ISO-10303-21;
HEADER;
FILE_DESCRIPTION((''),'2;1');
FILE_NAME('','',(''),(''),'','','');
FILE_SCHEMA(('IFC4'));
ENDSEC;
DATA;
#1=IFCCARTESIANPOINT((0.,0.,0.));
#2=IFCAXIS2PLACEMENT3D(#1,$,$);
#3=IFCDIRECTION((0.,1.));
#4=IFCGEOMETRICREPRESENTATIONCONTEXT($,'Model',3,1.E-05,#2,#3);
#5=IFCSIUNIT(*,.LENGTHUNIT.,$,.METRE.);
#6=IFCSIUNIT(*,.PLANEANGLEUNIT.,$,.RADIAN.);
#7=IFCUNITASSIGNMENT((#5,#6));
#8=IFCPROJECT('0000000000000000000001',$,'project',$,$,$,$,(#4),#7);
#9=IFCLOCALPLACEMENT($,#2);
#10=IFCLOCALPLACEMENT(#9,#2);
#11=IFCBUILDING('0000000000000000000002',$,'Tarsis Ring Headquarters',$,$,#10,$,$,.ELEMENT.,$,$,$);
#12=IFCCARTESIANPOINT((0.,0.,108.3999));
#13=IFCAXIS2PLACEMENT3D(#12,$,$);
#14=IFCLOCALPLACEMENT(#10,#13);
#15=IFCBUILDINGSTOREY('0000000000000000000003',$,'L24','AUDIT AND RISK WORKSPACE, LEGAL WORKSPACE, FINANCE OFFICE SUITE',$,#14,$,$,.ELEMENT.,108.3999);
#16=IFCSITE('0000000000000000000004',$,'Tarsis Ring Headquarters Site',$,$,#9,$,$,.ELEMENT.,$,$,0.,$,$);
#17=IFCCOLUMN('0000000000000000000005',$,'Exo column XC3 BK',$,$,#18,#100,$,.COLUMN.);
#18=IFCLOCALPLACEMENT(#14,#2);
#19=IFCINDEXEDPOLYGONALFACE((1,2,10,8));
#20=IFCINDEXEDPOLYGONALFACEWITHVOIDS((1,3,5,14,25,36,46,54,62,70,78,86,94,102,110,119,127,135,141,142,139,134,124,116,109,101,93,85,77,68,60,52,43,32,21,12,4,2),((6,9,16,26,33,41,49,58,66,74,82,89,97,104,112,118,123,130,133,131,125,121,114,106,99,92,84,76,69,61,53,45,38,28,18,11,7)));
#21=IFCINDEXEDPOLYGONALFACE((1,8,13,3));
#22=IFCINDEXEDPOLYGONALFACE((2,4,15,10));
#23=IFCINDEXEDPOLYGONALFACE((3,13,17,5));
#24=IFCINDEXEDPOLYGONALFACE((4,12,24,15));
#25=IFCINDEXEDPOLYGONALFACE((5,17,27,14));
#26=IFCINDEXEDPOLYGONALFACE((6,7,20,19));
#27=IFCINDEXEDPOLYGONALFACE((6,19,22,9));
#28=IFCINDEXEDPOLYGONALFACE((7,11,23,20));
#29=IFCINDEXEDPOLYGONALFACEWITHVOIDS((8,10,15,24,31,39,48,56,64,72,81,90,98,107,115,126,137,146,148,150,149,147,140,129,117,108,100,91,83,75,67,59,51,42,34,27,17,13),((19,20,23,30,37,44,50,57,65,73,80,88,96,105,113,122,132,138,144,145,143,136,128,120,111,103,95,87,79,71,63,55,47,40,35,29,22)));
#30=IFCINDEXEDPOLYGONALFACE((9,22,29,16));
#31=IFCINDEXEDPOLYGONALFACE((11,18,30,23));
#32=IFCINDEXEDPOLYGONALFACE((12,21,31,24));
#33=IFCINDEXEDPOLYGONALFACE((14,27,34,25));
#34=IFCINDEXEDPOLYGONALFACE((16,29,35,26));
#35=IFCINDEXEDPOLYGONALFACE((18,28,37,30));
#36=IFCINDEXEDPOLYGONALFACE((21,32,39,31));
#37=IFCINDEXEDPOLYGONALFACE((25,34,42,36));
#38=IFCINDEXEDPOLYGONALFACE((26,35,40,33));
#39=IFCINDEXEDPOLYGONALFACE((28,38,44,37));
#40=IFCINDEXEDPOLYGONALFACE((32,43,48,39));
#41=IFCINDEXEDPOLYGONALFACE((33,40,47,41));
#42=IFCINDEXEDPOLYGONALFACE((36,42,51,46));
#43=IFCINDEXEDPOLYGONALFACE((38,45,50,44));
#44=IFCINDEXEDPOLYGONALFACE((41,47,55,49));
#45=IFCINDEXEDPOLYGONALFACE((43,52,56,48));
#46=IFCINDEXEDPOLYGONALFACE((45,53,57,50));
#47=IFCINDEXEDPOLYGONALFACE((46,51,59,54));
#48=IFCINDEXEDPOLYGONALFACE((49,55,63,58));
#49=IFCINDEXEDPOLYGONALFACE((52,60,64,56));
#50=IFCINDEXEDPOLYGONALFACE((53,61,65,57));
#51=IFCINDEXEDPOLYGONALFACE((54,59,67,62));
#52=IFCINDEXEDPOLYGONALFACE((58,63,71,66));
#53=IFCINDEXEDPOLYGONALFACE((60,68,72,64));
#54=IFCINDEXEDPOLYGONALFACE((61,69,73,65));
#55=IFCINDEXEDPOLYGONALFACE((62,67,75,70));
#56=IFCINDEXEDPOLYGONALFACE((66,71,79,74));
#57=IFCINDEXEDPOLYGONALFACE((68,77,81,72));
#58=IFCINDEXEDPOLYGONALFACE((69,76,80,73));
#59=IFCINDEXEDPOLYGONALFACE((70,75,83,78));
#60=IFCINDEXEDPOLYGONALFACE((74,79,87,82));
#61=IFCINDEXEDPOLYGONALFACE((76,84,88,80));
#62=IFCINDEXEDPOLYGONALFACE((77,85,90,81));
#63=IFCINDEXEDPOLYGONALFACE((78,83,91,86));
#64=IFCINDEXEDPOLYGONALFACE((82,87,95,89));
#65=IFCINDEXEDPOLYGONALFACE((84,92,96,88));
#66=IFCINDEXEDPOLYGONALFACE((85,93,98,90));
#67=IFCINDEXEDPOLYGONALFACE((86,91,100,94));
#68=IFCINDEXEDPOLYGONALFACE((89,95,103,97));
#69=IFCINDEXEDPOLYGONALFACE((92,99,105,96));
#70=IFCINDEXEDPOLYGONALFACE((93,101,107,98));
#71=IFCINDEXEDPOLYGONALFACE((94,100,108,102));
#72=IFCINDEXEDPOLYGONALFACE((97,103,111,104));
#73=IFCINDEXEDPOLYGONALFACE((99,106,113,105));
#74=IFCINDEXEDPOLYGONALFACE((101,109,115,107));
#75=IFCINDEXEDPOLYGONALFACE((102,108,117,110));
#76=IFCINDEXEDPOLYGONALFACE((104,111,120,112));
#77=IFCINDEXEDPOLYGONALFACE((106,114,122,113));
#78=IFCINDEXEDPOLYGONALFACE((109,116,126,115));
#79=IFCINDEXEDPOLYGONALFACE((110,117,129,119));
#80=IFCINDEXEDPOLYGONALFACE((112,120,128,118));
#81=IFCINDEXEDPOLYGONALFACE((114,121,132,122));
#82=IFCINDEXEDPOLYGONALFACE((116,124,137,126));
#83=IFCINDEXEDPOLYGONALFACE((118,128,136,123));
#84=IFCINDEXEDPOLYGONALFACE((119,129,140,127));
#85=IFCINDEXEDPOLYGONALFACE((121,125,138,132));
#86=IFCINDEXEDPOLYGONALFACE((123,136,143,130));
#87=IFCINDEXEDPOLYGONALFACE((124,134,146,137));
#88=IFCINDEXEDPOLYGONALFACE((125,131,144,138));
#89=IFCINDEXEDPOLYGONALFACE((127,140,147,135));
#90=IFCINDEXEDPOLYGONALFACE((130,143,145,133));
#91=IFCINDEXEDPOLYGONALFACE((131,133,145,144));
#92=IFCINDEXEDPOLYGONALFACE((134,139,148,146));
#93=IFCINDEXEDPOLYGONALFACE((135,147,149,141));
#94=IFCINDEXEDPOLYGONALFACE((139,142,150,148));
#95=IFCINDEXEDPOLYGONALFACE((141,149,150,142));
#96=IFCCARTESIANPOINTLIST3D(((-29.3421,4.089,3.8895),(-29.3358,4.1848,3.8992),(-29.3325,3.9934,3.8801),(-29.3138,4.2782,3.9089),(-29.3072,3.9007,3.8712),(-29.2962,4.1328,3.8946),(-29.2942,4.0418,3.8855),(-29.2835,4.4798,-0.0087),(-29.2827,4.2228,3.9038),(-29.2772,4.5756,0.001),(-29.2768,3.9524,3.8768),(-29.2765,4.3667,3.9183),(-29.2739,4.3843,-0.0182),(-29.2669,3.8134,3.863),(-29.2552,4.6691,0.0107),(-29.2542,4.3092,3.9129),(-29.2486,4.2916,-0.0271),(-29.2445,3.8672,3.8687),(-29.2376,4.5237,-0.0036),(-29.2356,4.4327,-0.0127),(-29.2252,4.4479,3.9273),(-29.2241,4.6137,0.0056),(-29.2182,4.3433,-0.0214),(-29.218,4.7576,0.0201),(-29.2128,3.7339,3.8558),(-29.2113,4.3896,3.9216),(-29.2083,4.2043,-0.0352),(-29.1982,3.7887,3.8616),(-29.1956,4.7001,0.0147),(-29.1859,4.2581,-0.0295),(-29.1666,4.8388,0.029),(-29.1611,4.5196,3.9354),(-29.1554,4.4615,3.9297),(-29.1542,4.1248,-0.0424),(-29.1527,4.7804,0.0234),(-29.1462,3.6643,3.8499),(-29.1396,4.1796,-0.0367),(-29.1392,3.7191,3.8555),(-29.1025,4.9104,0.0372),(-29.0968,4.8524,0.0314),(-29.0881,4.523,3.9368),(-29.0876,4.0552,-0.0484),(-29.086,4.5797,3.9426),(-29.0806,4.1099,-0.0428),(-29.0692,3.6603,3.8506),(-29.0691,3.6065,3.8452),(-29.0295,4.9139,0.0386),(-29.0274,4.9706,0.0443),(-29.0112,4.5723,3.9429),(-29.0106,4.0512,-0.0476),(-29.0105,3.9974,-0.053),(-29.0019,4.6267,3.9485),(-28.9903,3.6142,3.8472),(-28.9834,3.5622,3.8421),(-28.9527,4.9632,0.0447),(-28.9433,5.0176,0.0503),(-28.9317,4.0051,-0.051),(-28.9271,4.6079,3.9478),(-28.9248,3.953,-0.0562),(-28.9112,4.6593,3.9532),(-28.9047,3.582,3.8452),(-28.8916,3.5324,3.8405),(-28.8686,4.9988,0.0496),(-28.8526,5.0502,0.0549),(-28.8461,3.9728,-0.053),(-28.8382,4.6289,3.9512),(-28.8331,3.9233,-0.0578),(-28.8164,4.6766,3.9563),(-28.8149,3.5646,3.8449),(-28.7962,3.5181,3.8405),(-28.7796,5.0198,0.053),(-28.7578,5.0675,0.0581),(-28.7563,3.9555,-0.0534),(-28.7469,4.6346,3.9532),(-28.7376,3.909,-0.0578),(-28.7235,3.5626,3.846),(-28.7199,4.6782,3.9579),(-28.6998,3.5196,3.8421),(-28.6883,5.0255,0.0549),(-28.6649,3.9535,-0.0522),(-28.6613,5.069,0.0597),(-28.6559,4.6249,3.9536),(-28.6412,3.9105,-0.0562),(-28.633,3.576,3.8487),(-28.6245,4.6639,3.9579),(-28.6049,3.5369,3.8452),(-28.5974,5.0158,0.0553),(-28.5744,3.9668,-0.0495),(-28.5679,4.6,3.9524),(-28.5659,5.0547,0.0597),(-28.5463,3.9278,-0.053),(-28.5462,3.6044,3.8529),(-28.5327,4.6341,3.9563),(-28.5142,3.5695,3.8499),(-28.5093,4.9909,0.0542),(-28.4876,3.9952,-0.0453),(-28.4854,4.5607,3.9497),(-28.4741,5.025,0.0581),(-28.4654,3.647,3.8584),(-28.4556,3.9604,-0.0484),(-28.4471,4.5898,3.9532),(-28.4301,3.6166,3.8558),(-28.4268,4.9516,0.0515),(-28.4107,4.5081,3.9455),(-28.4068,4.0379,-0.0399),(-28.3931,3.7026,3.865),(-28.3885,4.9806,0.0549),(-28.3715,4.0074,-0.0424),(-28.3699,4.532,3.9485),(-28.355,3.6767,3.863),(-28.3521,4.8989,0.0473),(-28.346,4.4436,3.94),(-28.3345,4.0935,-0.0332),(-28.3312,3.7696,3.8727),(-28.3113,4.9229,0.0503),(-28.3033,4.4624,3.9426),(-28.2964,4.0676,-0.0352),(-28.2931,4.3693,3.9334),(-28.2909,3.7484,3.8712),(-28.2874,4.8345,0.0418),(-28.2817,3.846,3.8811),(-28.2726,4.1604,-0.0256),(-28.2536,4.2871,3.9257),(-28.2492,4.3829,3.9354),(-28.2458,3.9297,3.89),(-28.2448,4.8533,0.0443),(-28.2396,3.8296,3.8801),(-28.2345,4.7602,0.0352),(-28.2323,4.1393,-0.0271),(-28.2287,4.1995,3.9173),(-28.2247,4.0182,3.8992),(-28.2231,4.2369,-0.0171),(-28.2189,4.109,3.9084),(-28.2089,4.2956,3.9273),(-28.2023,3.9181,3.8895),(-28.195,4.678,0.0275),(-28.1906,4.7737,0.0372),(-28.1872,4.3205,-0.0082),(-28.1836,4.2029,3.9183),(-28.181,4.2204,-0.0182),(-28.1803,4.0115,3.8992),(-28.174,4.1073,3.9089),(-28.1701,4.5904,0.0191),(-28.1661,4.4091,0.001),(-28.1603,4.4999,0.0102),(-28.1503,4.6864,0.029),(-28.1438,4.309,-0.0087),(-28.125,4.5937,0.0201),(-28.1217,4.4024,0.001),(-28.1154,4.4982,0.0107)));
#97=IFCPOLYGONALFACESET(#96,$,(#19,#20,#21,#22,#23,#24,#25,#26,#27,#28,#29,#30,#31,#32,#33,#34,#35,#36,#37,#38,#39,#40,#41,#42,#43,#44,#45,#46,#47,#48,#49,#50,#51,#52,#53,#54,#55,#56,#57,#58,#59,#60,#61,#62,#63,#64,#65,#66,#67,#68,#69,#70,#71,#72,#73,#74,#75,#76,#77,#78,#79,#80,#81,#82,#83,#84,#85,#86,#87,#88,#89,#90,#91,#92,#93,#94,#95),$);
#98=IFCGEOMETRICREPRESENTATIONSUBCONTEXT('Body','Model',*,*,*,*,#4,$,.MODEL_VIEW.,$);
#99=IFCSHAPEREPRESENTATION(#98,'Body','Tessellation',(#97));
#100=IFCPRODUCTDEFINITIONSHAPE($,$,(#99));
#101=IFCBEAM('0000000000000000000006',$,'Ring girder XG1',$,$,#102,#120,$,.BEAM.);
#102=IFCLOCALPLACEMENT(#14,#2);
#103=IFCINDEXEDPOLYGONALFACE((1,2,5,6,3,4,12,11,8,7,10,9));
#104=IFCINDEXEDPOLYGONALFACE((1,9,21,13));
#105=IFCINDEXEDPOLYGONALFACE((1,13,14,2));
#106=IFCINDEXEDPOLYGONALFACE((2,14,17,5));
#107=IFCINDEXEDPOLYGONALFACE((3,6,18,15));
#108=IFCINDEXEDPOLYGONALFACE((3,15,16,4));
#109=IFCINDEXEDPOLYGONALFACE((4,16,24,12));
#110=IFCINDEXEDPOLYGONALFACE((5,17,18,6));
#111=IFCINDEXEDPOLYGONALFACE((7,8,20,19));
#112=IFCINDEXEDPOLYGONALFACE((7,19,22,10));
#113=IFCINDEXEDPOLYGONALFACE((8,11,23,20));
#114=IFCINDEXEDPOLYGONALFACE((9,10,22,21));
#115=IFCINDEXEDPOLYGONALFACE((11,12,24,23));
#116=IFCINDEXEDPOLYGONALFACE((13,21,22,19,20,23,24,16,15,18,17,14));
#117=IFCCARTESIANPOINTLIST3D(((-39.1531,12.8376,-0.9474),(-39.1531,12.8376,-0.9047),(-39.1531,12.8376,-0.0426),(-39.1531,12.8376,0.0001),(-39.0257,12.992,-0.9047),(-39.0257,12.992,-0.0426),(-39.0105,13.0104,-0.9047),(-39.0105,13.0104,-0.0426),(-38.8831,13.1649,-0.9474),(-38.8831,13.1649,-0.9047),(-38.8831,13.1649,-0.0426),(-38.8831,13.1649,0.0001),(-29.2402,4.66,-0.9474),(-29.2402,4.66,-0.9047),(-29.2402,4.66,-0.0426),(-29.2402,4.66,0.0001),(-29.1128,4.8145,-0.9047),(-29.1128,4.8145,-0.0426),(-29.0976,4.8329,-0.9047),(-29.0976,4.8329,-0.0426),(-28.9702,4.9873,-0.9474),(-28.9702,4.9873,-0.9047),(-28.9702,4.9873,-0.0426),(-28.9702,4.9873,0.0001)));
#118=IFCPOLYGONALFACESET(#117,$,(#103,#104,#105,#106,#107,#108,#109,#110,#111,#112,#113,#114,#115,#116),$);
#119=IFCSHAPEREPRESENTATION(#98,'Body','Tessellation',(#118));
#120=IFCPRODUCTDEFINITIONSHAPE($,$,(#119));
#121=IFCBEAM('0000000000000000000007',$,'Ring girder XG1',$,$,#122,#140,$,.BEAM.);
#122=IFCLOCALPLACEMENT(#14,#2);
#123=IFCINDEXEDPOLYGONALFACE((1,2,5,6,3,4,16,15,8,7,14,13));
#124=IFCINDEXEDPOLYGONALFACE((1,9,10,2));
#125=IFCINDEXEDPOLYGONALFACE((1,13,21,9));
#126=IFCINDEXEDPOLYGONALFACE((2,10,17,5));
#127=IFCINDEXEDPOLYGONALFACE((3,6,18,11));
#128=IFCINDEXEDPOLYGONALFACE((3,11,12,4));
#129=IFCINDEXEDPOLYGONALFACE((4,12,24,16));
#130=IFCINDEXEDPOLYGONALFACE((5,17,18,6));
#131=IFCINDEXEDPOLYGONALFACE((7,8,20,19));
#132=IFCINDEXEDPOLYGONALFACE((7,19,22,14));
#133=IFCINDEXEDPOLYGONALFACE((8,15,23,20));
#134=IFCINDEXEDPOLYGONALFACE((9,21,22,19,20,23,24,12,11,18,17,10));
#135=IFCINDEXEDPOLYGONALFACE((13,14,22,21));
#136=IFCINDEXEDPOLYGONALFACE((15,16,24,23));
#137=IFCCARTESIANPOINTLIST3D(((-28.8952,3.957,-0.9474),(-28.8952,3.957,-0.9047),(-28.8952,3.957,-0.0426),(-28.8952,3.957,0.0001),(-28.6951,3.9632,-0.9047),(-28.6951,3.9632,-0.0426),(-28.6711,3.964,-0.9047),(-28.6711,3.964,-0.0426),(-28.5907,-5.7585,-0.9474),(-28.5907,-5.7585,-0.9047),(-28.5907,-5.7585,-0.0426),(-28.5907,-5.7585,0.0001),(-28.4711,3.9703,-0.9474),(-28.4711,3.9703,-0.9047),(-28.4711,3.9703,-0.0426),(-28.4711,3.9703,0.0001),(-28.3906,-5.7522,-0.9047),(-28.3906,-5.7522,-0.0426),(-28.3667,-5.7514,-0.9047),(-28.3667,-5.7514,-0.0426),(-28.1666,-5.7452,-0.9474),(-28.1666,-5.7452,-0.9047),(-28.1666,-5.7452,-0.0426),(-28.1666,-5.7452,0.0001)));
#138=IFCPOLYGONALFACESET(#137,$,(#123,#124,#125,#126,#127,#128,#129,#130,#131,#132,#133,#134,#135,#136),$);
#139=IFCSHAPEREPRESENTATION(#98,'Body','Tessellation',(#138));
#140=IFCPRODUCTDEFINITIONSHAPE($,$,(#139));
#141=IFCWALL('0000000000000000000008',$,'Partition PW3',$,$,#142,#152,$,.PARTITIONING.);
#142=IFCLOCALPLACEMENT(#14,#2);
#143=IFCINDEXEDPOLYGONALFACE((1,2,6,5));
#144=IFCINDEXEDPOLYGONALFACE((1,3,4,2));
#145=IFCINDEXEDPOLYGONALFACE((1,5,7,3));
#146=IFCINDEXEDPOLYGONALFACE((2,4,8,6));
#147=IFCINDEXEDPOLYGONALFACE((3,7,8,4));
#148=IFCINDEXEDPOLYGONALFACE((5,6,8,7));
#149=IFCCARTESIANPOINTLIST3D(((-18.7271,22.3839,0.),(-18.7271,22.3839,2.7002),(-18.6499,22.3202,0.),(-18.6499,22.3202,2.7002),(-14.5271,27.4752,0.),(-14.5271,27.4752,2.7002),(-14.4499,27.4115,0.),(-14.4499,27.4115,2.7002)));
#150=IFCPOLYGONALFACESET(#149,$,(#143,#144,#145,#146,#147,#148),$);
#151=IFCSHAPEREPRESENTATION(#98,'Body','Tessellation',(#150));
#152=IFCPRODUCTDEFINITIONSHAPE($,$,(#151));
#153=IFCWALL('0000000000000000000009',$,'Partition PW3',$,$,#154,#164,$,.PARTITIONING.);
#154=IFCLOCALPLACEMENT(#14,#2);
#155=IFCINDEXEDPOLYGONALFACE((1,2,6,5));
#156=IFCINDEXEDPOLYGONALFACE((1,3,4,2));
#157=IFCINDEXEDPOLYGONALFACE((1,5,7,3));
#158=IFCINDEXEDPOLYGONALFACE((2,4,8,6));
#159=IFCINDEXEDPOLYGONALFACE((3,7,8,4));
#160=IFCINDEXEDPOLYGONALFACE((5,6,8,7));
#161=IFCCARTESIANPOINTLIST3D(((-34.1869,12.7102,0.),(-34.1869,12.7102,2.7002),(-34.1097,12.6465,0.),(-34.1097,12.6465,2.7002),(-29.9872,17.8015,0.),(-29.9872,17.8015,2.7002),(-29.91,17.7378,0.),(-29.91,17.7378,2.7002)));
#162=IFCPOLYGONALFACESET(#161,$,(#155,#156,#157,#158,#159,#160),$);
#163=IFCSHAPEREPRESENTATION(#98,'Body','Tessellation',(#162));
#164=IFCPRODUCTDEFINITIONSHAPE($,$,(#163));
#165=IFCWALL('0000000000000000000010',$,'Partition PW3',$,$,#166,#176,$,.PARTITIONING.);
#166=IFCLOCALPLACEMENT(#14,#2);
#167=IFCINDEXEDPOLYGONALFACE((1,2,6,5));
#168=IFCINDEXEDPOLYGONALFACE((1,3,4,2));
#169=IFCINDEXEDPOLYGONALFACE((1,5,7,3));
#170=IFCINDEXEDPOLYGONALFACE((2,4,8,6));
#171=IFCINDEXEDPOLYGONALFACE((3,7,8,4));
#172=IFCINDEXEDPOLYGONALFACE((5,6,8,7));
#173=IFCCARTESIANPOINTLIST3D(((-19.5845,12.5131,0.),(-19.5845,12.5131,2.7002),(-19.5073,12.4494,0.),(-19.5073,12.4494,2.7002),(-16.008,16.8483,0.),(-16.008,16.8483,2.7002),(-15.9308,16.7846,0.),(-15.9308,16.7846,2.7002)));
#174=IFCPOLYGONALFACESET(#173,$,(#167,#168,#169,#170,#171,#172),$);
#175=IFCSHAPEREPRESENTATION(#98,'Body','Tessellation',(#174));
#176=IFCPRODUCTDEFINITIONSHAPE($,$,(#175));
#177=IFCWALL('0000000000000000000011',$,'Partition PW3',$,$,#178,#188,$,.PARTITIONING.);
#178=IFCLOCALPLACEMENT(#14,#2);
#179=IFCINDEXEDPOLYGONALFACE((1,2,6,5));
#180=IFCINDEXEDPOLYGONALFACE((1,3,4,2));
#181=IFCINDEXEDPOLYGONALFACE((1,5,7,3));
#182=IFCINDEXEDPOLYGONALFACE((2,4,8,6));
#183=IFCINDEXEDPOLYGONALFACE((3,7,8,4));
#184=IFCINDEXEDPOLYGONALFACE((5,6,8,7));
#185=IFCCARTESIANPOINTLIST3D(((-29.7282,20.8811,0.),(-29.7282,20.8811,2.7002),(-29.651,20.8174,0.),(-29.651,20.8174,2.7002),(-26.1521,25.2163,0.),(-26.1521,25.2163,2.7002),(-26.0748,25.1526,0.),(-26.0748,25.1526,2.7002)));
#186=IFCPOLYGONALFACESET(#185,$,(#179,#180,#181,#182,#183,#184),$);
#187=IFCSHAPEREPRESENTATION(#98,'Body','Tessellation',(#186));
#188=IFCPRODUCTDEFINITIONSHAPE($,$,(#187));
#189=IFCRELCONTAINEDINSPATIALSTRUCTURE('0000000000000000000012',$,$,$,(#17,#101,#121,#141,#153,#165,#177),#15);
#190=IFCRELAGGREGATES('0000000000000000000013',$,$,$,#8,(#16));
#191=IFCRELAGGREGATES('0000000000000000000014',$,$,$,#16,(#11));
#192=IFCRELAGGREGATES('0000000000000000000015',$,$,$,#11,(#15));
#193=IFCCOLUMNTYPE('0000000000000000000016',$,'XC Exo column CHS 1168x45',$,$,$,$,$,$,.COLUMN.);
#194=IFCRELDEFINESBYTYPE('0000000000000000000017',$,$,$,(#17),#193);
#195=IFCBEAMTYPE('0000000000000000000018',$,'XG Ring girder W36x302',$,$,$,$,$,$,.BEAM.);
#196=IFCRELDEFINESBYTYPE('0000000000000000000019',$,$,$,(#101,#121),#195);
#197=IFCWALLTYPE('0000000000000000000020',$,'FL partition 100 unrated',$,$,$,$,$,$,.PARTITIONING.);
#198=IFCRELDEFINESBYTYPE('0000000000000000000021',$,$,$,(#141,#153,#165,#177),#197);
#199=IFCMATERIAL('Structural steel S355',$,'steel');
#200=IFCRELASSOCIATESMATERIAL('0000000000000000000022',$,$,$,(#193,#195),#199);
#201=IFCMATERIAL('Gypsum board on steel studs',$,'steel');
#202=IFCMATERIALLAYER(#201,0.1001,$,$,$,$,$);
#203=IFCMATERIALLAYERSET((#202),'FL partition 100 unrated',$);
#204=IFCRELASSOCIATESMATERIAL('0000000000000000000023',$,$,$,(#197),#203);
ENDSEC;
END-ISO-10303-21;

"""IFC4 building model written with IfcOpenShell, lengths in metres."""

from ifc_helpers import new_model, si_unit, direction, frame, frame_2d, origin, origin_2d, place, context, subcontext, project, spatial, rectangle, hollow_circle, i_section, extrude, material, layer, layer_set, material_profile, profile_set, type_object, element, save


model = new_model("IFC4")

# Units and contexts
model_context = context("Model", 3, precision=1e-05, world=origin(), true_north=direction((0.0, 1.0)))
body_context = subcontext(model_context, "Body", "Model", "MODEL_VIEW")
ifc_project = project(units=[si_unit("LENGTHUNIT", "METRE"), si_unit("PLANEANGLEUNIT", "RADIAN")], contexts=[model_context])

# Site, building, storey
site_placement = place(None, origin())
site = spatial("IfcSite", under=ifc_project, at=site_placement, Name="Tarsis Ring Headquarters Site", CompositionType="ELEMENT", RefElevation=0.0)
building_placement = place(site_placement, origin())
building = spatial("IfcBuilding", under=site, at=building_placement, Name="Tarsis Ring Headquarters", CompositionType="ELEMENT")
storey_placement = place(building_placement, frame((0.0, 0.0, 108.3999)))
storey = spatial("IfcBuildingStorey", under=building, at=storey_placement, Name="L24", Description="AUDIT AND RISK WORKSPACE, LEGAL WORKSPACE, FINANCE OFFICE SUITE", CompositionType="ELEMENT", Elevation=108.3999)

# Column
ifc_material_1 = material(Name="Structural steel S355", Category="steel")
ifc_material_profile_1 = material_profile(ifc_material_1, hollow_circle(Radius=0.5842, WallThickness=0.0449, at=origin_2d()), Name="CHS 1168x45")
ifc_profile_set_1 = profile_set([ifc_material_profile_1], Name="Structural steel S355")
column_type = type_object("IfcColumnType", Name="XC Exo column CHS 1168x45", PredefinedType="COLUMN", material=ifc_profile_set_1)
column_placement = place(storey_placement, frame((-28.6995, 4.489, 0.001), z_axis=(-0.014954, -0.099758, 0.994899), x_axis=(0.98895, -0.14825, 0.0)))
element("IfcColumn", 1, at=column_placement, inside=storey, type_object=column_type, Name="Exo column XC3 BK", PredefinedType="COLUMN", context=body_context, shape_type="SweptSolid", body=[
    extrude(hollow_circle(Radius=0.5842, WallThickness=0.0449, at=origin_2d()), origin(), (0.0, 0.0, 1.0), 3.9182),
])

# Beams
ifc_material_profile_2 = material_profile(ifc_material_1, i_section(OverallWidth=0.4243, OverallDepth=0.9475, WebThickness=0.0239, FlangeThickness=0.0427, at=origin_2d()), Name="W36x302")
ifc_profile_set_2 = profile_set([ifc_material_profile_2], Name="Structural steel S355")
beam_type = type_object("IfcBeamType", Name="XG Ring girder W36x302", PredefinedType="BEAM", material=ifc_profile_set_2)
beam_1_placement = place(storey_placement, frame((-39.0181, 13.0012, -0.4736), z_axis=(0.771396, -0.636355, 0.0), x_axis=(0.636355, 0.771396, 0.0)))
element("IfcBeam", 2, at=beam_1_placement, inside=storey, type_object=beam_type, Name="Ring girder XG1", PredefinedType="BEAM", context=body_context, shape_type="SweptSolid", body=[
    extrude(i_section(OverallWidth=0.4243, OverallDepth=0.9475, WebThickness=0.0239, FlangeThickness=0.0427, at=origin_2d()), origin(), (0.0, 0.0, 1.0), 12.8506),
])
beam_2_placement = place(storey_placement, frame((-28.6831, 3.9636, -0.4736), z_axis=(0.031321, -0.999509, 0.0), x_axis=(0.999509, 0.031321, 0.0)))
element("IfcBeam", 3, at=beam_2_placement, inside=storey, type_object=beam_type, Name="Ring girder XG1", PredefinedType="BEAM", context=body_context, shape_type="SweptSolid", body=[
    extrude(i_section(OverallWidth=0.4243, OverallDepth=0.9475, WebThickness=0.0239, FlangeThickness=0.0427, at=origin_2d()), origin(), (0.0, 0.0, 1.0), 9.7202),
])

# Walls
ifc_material_2 = material(Name="Gypsum board on steel studs", Category="steel")
ifc_layer_1 = layer(ifc_material_2, 0.1001)
ifc_layer_set_1 = layer_set([ifc_layer_1], Name="FL partition 100 unrated")
wall_type_1 = type_object("IfcWallType", Name="FL partition 100 unrated", PredefinedType="PARTITIONING", material=ifc_layer_set_1)
wall_1_placement = place(storey_placement, frame((-18.6885, 22.3521, 0.0), z_axis=(0.0, 0.0, 1.0), x_axis=(0.636349, 0.771401, 0.0)))
element("IfcWall", 4, at=wall_1_placement, inside=storey, type_object=wall_type_1, Name="Partition PW3", PredefinedType="PARTITIONING", context=body_context, shape_type="SweptSolid", body=[
    extrude(rectangle(XDim=6.6001, YDim=0.1001, at=frame_2d((3.3, 0.0))), origin(), (0.0, 0.0, 1.0), 2.7002),
])
wall_2_placement = place(storey_placement, frame((-34.1482, 12.6785, 0.0), z_axis=(0.0, 0.0, 1.0), x_axis=(0.636327, 0.77142, 0.0)))
element("IfcWall", 5, at=wall_2_placement, inside=storey, type_object=wall_type_1, Name="Partition PW3", PredefinedType="PARTITIONING", context=body_context, shape_type="SweptSolid", body=[
    extrude(rectangle(XDim=6.5999, YDim=0.1001, at=frame_2d((3.2998, 0.0))), origin(), (0.0, 0.0, 1.0), 2.7002),
])
wall_3_placement = place(storey_placement, frame((-19.5459, 12.4812, 0.0), z_axis=(0.0, 0.0, 1.0), x_axis=(0.636369, 0.771384, 0.0)))
element("IfcWall", 6, at=wall_3_placement, inside=storey, type_object=wall_type_1, Name="Partition PW3", PredefinedType="PARTITIONING", context=body_context, shape_type="SweptSolid", body=[
    extrude(rectangle(XDim=5.6201, YDim=0.1001, at=frame_2d((2.8101, 0.0))), origin(), (0.0, 0.0, 1.0), 2.7002),
])
wall_4_placement = place(storey_placement, frame((-29.6897, 20.8491, 0.0), z_axis=(0.0, 0.0, 1.0), x_axis=(0.636344, 0.771406, 0.0)))
element("IfcWall", 7, at=wall_4_placement, inside=storey, type_object=wall_type_1, Name="Partition PW3", PredefinedType="PARTITIONING", context=body_context, shape_type="SweptSolid", body=[
    extrude(rectangle(XDim=5.6199, YDim=0.1001, at=frame_2d((2.8101, 0.0))), origin(), (0.0, 0.0, 1.0), 2.7002),
])

save(model, "model.ifc")
